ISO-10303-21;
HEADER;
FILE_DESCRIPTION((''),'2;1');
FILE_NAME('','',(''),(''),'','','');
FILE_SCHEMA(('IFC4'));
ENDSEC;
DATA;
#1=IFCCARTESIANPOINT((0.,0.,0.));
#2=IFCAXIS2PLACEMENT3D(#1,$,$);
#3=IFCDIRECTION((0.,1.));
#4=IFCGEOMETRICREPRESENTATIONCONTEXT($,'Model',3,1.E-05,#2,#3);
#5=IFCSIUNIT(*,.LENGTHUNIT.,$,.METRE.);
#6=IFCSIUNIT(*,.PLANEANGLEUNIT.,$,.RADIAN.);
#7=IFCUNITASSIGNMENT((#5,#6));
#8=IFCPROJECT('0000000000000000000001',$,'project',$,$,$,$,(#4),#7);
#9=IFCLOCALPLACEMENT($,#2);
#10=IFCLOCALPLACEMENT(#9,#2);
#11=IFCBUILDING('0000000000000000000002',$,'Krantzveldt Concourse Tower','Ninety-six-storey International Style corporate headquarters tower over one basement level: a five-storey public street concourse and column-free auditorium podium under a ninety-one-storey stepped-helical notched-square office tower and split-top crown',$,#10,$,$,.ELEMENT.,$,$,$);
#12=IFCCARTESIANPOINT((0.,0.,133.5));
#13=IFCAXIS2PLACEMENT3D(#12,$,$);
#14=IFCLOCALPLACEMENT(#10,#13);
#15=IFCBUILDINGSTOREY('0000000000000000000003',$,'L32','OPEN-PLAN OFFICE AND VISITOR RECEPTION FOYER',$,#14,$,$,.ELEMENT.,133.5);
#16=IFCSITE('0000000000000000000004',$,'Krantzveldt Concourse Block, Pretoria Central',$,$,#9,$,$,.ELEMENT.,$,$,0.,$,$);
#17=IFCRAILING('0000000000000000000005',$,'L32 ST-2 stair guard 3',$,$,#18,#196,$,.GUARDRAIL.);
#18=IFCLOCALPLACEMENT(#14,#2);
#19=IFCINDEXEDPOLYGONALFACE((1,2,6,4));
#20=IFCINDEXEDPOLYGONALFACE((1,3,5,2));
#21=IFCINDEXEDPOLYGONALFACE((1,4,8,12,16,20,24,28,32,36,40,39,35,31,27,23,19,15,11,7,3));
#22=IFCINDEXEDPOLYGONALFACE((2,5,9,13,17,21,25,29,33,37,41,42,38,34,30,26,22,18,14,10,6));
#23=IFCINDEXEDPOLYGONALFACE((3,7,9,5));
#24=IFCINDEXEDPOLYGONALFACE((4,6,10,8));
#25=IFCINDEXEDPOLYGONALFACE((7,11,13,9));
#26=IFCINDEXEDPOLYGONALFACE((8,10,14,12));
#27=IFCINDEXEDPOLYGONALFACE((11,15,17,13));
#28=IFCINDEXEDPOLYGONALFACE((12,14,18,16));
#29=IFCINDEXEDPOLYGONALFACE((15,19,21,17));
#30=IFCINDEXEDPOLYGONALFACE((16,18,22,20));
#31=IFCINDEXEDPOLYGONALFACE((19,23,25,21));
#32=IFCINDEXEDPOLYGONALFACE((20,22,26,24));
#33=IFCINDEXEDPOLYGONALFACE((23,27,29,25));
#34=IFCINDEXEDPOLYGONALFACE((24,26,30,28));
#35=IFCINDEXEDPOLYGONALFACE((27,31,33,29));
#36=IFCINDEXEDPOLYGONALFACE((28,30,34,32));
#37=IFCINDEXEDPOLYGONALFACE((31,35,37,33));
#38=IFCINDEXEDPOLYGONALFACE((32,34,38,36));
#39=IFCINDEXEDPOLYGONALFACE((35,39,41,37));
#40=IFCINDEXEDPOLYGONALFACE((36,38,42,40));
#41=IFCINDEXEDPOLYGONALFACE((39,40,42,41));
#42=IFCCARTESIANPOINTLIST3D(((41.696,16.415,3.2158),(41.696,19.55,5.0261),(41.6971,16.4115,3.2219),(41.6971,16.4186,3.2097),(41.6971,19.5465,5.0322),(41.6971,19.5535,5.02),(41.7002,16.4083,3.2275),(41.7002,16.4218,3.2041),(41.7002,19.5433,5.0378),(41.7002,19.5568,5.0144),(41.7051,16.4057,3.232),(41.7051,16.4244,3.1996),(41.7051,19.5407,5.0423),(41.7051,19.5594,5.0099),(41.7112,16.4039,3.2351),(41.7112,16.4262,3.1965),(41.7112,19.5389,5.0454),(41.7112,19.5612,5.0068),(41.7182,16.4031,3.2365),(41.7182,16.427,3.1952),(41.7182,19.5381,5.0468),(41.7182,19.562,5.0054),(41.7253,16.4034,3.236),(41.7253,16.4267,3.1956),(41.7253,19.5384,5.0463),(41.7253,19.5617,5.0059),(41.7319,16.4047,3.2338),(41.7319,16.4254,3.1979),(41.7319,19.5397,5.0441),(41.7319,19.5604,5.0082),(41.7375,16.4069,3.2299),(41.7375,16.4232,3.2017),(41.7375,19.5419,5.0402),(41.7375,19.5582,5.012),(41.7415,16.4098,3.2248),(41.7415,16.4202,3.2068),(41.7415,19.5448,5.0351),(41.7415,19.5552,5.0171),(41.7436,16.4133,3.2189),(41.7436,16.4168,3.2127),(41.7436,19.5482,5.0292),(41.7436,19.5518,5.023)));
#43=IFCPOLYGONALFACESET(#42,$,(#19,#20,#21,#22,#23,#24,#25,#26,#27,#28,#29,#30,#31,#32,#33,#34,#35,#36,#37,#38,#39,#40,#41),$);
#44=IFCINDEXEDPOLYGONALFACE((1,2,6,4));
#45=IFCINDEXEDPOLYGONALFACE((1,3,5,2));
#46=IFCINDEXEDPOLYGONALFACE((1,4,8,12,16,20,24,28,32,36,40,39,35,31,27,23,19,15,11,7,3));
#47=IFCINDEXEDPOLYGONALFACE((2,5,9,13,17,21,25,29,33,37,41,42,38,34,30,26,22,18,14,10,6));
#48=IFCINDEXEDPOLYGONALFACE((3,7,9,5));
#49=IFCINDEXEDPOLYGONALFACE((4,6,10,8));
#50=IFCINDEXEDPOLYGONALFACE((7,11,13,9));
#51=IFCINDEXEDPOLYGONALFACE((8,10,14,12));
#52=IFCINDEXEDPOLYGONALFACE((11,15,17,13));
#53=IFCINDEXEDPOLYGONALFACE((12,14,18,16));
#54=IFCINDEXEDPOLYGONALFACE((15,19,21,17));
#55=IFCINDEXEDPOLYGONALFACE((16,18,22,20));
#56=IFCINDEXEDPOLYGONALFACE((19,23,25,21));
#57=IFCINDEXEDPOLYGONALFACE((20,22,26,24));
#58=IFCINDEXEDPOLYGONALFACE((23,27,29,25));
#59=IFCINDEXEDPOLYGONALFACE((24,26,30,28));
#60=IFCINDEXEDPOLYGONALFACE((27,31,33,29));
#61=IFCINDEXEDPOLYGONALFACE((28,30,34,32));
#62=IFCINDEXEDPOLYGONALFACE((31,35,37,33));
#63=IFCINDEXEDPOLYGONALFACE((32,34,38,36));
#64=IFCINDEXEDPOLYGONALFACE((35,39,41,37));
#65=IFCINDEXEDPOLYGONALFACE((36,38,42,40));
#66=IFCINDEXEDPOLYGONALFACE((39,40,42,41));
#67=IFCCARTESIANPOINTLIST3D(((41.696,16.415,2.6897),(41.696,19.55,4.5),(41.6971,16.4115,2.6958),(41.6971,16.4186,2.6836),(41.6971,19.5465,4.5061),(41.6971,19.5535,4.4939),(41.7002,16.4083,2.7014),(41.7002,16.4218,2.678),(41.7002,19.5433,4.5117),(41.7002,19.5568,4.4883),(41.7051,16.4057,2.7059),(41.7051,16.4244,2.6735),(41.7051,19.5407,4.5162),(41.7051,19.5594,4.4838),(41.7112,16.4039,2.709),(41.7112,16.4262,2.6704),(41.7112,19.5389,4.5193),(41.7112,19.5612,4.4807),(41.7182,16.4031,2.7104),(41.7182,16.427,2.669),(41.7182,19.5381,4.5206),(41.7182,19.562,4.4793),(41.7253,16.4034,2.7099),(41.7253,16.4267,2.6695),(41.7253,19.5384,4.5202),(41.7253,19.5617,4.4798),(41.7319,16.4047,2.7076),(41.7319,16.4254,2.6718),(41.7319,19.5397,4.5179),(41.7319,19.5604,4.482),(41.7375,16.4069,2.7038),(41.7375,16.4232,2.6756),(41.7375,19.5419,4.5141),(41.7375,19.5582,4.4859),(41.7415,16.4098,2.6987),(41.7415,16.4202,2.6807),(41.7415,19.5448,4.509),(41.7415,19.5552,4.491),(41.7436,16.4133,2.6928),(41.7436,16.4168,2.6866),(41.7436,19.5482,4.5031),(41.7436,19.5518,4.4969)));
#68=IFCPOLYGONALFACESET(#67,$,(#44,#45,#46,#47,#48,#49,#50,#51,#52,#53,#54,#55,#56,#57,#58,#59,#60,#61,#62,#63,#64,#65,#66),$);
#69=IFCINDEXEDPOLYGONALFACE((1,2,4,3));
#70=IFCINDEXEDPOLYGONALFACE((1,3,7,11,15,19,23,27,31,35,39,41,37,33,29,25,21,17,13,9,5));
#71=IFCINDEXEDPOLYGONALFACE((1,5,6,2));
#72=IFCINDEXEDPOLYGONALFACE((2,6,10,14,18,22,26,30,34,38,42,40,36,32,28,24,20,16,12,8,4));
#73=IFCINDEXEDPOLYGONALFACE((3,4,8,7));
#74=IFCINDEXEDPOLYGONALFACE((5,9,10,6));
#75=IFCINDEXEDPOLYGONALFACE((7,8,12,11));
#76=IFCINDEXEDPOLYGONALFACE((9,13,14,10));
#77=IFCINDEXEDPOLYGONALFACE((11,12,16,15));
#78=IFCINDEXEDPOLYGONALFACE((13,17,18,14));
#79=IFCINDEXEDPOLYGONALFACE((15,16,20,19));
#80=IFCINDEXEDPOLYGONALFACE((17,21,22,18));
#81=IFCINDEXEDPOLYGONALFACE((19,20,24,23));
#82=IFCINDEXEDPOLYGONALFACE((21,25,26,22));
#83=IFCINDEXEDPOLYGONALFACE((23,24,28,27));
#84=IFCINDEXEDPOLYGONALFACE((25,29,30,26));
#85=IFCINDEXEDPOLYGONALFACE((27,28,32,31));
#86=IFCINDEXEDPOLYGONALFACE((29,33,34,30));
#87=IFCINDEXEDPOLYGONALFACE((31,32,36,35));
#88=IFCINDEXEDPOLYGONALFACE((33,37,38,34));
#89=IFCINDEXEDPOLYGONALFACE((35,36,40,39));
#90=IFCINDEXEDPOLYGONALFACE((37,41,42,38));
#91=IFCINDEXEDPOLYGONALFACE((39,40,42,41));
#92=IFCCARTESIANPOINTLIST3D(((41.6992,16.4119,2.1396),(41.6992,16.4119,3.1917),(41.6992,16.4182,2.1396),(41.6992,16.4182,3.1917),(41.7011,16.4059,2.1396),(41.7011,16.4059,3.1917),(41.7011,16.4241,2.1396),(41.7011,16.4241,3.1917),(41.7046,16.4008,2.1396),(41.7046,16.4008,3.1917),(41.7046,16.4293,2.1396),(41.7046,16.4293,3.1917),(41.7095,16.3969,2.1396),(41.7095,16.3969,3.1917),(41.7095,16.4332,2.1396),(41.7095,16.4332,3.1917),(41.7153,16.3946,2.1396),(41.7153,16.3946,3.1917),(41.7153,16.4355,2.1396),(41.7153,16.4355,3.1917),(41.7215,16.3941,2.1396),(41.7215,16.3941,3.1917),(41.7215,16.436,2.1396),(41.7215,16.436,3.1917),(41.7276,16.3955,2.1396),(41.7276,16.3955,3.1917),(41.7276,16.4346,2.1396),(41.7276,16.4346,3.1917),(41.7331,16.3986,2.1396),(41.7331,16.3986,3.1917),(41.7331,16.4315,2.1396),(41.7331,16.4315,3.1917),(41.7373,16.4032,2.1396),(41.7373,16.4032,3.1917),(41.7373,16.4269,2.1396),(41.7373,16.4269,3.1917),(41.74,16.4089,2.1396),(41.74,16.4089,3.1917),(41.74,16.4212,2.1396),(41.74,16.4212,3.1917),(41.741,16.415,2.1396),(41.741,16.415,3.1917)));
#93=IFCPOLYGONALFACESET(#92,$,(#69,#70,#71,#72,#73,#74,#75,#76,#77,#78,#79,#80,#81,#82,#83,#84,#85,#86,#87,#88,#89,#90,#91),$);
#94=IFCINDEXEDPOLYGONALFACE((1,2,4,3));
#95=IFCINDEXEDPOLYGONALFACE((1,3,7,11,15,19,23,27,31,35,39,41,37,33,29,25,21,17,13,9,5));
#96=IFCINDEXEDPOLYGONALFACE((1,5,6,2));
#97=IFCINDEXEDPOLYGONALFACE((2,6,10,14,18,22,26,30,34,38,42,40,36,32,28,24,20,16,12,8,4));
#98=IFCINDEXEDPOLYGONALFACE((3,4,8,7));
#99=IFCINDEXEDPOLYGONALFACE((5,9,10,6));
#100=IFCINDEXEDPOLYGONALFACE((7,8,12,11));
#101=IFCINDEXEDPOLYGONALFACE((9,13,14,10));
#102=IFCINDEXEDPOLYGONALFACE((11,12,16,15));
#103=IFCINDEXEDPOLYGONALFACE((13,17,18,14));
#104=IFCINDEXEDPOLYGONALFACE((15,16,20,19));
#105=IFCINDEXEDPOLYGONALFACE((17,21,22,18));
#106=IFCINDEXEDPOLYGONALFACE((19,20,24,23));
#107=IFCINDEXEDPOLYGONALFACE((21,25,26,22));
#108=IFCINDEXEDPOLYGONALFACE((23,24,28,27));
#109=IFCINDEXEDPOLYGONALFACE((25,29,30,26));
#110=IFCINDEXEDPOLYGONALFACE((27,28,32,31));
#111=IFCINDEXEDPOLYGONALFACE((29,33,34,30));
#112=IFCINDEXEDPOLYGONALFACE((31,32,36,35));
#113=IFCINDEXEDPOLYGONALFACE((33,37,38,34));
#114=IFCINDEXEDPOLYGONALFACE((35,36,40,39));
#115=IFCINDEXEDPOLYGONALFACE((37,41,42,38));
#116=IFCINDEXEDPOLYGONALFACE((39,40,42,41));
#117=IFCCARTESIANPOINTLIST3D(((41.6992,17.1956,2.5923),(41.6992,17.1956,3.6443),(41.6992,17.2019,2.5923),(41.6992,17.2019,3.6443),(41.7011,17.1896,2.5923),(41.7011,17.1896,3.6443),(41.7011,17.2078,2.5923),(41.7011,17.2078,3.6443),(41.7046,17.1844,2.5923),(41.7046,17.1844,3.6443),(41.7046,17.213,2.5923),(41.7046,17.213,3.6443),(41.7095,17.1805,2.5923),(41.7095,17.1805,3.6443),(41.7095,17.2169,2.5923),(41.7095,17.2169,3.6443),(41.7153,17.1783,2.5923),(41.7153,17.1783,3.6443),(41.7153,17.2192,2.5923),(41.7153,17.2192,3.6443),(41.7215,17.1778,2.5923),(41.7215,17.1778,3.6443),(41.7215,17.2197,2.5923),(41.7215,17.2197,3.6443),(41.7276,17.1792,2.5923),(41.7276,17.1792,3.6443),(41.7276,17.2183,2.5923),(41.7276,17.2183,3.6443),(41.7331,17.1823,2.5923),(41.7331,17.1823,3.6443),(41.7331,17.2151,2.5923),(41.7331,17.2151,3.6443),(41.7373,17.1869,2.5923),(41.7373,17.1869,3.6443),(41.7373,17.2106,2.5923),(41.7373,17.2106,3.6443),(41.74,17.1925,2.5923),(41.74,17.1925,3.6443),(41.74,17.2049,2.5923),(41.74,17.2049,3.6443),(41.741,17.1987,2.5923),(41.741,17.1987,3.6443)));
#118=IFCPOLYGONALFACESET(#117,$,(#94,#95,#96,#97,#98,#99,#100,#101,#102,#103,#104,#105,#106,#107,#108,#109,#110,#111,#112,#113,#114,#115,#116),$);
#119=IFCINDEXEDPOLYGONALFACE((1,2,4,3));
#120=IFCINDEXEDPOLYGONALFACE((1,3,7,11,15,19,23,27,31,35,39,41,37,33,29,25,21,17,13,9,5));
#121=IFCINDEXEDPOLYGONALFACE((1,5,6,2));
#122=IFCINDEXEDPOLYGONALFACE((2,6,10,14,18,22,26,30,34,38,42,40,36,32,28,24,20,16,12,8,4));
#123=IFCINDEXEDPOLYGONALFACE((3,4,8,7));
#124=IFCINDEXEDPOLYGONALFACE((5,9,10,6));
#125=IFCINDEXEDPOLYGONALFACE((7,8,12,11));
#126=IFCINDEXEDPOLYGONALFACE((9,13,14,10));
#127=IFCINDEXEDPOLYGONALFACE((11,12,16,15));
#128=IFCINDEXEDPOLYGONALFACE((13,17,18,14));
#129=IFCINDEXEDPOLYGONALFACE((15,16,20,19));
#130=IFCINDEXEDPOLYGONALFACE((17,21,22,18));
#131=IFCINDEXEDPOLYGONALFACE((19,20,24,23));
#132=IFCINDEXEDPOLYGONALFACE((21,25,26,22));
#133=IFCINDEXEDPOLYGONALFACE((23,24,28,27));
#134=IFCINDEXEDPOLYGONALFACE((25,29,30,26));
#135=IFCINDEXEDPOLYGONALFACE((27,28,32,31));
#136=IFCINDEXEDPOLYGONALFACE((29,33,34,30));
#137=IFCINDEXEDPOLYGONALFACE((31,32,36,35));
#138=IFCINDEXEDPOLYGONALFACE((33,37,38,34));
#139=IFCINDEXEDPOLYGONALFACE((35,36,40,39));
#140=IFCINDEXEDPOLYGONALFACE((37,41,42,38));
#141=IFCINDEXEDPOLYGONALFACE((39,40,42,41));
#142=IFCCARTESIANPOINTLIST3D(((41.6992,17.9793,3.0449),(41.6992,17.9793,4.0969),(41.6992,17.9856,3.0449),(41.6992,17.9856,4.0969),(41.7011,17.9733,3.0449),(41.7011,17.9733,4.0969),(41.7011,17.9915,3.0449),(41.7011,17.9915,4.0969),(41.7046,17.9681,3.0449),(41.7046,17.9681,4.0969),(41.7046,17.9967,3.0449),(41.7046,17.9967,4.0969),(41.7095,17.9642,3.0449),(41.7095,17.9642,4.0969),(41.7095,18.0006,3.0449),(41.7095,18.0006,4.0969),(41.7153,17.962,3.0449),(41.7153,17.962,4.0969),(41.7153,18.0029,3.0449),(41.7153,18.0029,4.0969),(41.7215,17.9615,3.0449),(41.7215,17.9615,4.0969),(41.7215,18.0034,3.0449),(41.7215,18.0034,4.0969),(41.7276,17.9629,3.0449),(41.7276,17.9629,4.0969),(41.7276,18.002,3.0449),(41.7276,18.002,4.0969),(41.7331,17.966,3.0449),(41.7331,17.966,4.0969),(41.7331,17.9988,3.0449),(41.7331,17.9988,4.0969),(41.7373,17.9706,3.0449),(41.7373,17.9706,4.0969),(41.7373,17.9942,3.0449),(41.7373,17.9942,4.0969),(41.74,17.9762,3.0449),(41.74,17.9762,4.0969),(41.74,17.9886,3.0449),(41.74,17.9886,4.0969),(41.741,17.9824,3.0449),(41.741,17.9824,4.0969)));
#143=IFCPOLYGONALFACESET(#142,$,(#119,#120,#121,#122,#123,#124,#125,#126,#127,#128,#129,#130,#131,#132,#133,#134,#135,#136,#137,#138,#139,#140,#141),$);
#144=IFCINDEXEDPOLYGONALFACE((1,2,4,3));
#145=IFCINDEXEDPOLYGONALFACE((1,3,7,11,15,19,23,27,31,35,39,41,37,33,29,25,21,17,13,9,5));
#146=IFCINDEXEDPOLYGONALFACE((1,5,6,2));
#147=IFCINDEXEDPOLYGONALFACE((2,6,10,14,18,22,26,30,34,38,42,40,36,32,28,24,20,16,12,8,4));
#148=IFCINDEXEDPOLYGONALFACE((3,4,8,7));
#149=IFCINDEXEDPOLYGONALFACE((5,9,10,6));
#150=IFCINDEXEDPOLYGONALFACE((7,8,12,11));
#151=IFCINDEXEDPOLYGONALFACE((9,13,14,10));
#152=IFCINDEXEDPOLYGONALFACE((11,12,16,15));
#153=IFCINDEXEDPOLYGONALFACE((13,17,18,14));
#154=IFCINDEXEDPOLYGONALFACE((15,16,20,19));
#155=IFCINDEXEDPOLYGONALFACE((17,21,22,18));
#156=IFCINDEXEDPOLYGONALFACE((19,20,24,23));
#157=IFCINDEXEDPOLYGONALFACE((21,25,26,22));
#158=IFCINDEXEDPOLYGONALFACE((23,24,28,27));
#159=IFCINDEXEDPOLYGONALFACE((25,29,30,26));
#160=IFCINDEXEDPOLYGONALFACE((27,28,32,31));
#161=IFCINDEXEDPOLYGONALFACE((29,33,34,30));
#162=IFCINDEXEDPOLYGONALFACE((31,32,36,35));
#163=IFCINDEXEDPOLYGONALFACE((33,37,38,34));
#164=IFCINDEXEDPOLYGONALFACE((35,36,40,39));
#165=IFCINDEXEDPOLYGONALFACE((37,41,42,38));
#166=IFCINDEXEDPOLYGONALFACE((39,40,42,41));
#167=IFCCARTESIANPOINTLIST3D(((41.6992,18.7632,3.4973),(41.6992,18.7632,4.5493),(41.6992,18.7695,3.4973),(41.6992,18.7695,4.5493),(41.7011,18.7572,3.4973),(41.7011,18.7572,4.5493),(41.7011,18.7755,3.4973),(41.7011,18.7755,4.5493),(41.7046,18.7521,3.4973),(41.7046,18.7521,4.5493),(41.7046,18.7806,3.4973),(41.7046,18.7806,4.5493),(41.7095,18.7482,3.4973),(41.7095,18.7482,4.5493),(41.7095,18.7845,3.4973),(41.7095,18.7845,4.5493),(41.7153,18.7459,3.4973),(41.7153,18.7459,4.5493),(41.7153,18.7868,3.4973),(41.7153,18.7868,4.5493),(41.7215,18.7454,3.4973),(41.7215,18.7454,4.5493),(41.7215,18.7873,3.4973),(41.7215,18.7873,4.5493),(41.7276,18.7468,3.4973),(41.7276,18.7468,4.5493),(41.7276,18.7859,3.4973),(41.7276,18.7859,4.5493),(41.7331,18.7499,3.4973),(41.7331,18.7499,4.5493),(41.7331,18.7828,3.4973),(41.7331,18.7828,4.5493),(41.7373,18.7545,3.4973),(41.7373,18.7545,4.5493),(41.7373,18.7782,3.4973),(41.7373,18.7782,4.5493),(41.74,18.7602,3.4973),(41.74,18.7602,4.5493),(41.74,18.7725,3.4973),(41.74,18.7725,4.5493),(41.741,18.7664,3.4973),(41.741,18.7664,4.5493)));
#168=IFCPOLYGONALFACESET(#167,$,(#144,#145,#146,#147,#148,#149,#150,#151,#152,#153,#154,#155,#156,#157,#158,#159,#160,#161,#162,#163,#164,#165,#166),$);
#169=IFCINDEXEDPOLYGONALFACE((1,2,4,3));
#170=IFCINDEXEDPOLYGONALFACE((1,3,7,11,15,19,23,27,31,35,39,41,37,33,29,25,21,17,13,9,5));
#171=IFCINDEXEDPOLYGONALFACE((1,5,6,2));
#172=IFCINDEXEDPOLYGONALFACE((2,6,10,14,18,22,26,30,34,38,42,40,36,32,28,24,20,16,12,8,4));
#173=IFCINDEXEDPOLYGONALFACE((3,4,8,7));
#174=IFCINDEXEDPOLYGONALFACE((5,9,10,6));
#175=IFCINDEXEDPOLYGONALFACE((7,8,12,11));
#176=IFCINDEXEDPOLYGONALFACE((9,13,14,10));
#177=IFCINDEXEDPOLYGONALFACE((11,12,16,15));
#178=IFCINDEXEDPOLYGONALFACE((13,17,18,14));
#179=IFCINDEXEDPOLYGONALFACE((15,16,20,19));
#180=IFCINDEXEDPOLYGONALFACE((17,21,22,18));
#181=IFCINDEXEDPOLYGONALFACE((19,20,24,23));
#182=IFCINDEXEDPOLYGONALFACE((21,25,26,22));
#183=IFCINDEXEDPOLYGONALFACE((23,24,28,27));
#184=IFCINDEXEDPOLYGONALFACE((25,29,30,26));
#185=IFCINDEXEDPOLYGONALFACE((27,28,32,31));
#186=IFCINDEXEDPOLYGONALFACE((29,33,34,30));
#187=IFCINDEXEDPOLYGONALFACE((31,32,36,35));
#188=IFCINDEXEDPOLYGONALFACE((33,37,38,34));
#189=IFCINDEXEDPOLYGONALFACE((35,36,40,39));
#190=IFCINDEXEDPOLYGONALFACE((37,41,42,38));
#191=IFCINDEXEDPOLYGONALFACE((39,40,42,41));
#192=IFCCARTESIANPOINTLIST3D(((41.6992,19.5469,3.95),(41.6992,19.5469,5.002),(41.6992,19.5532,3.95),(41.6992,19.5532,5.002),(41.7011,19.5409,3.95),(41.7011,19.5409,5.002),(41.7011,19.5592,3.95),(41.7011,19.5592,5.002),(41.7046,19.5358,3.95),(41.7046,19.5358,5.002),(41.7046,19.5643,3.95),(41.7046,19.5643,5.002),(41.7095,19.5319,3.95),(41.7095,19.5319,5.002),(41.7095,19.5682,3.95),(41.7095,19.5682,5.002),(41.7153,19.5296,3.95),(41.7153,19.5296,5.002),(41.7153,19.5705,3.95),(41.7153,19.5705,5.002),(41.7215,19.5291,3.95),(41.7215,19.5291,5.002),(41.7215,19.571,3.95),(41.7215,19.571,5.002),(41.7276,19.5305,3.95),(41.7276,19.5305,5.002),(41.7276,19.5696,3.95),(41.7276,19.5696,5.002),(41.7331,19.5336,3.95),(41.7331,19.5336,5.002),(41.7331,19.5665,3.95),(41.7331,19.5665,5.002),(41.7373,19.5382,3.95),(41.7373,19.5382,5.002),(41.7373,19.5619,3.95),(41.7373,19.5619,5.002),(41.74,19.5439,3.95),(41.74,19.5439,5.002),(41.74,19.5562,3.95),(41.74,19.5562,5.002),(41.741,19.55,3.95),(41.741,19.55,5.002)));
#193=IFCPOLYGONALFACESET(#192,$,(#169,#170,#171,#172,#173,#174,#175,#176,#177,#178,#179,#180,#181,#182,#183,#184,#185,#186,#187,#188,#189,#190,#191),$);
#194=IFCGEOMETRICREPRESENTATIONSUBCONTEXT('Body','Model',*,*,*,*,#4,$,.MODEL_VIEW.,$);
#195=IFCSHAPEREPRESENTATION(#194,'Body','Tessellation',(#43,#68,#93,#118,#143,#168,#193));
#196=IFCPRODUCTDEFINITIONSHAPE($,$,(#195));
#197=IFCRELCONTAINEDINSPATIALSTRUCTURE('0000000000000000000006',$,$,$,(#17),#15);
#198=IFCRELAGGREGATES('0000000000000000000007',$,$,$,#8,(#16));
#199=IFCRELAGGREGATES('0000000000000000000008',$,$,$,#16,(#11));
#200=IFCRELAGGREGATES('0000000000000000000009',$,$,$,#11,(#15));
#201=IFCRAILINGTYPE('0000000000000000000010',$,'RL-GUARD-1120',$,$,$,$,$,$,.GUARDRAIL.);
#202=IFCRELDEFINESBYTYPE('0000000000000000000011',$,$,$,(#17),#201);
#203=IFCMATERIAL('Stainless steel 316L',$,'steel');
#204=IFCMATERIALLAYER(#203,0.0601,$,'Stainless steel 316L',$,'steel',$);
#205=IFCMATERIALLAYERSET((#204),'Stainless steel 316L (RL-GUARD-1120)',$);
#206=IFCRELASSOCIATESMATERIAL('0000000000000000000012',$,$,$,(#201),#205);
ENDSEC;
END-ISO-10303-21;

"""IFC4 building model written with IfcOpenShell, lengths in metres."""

from ifc_helpers import new_model, si_unit, direction, frame, origin, origin_2d, place, context, subcontext, project, spatial, circle, extrude, material, layer, layer_set, type_object, element, save


model = new_model("IFC4")

# Units and contexts
model_context = context("Model", 3, precision=1e-05, world=origin(), true_north=direction((0.0, 1.0)))
body_context = subcontext(model_context, "Body", "Model", "MODEL_VIEW")
ifc_project = project(units=[si_unit("LENGTHUNIT", "METRE"), si_unit("PLANEANGLEUNIT", "RADIAN")], contexts=[model_context])

# Site, building, storey
site_placement = place(None, origin())
site = spatial("IfcSite", under=ifc_project, at=site_placement, Name="Krantzveldt Concourse Block, Pretoria Central", CompositionType="ELEMENT", RefElevation=0.0)
building_placement = place(site_placement, origin())
building = spatial("IfcBuilding", under=site, at=building_placement, Name="Krantzveldt Concourse Tower", Description="Ninety-six-storey International Style corporate headquarters tower over one basement level: a five-storey public street concourse and column-free auditorium podium under a ninety-one-storey stepped-helical notched-square office tower and split-top crown", CompositionType="ELEMENT")
storey_placement = place(building_placement, frame((0.0, 0.0, 133.5)))
storey = spatial("IfcBuildingStorey", under=building, at=storey_placement, Name="L32", Description="OPEN-PLAN OFFICE AND VISITOR RECEPTION FOYER", CompositionType="ELEMENT", Elevation=133.5)

# Shared definitions
ifc_material_1 = material(Name="Stainless steel 316L", Category="steel")

# Railing
ifc_layer_1 = layer(ifc_material_1, 0.0601, Name="Stainless steel 316L", Category="steel")
ifc_layer_set_1 = layer_set([ifc_layer_1], Name="Stainless steel 316L (RL-GUARD-1120)")
railing_type_1 = type_object("IfcRailingType", Name="RL-GUARD-1120", PredefinedType="GUARDRAIL", material=ifc_layer_set_1)
railing_1_placement = place(storey_placement, frame((41.72, 16.415, 2.1396)))
element("IfcRailing", 1, at=railing_1_placement, inside=storey, type_object=railing_type_1, Name="L32 ST-2 stair guard 3", PredefinedType="GUARDRAIL", context=body_context, shape_type="SweptSolid", body=[
    extrude(circle(Radius=0.0239, at=origin_2d()), frame((0.0, 0.0, 1.0762), z_axis=(0.0, 0.865989, 0.500063), x_axis=(-1.0, 0.0, 0.0)), (0.0, 0.0, 1.0), 3.6201),
    extrude(circle(Radius=0.0239, at=origin_2d()), frame((0.0, 0.0, 0.55), z_axis=(0.0, 0.865989, 0.500063), x_axis=(-1.0, 0.0, 0.0)), (0.0, 0.0, 1.0), 3.6201),
    extrude(circle(Radius=0.021, at=origin_2d()), origin(), (0.0, 0.0, 1.0), 1.052),
    extrude(circle(Radius=0.021, at=origin_2d()), frame((0.0, 0.7837, 0.4526)), (0.0, 0.0, 1.0), 1.052),
    extrude(circle(Radius=0.021, at=origin_2d()), frame((0.0, 1.5674, 0.9053)), (0.0, 0.0, 1.0), 1.052),
    extrude(circle(Radius=0.021, at=origin_2d()), frame((0.0, 2.3513, 1.3577)), (0.0, 0.0, 1.0), 1.052),
    extrude(circle(Radius=0.021, at=origin_2d()), frame((0.0, 3.135, 1.8103)), (0.0, 0.0, 1.0), 1.052),
])

save(model, "model.ifc")
